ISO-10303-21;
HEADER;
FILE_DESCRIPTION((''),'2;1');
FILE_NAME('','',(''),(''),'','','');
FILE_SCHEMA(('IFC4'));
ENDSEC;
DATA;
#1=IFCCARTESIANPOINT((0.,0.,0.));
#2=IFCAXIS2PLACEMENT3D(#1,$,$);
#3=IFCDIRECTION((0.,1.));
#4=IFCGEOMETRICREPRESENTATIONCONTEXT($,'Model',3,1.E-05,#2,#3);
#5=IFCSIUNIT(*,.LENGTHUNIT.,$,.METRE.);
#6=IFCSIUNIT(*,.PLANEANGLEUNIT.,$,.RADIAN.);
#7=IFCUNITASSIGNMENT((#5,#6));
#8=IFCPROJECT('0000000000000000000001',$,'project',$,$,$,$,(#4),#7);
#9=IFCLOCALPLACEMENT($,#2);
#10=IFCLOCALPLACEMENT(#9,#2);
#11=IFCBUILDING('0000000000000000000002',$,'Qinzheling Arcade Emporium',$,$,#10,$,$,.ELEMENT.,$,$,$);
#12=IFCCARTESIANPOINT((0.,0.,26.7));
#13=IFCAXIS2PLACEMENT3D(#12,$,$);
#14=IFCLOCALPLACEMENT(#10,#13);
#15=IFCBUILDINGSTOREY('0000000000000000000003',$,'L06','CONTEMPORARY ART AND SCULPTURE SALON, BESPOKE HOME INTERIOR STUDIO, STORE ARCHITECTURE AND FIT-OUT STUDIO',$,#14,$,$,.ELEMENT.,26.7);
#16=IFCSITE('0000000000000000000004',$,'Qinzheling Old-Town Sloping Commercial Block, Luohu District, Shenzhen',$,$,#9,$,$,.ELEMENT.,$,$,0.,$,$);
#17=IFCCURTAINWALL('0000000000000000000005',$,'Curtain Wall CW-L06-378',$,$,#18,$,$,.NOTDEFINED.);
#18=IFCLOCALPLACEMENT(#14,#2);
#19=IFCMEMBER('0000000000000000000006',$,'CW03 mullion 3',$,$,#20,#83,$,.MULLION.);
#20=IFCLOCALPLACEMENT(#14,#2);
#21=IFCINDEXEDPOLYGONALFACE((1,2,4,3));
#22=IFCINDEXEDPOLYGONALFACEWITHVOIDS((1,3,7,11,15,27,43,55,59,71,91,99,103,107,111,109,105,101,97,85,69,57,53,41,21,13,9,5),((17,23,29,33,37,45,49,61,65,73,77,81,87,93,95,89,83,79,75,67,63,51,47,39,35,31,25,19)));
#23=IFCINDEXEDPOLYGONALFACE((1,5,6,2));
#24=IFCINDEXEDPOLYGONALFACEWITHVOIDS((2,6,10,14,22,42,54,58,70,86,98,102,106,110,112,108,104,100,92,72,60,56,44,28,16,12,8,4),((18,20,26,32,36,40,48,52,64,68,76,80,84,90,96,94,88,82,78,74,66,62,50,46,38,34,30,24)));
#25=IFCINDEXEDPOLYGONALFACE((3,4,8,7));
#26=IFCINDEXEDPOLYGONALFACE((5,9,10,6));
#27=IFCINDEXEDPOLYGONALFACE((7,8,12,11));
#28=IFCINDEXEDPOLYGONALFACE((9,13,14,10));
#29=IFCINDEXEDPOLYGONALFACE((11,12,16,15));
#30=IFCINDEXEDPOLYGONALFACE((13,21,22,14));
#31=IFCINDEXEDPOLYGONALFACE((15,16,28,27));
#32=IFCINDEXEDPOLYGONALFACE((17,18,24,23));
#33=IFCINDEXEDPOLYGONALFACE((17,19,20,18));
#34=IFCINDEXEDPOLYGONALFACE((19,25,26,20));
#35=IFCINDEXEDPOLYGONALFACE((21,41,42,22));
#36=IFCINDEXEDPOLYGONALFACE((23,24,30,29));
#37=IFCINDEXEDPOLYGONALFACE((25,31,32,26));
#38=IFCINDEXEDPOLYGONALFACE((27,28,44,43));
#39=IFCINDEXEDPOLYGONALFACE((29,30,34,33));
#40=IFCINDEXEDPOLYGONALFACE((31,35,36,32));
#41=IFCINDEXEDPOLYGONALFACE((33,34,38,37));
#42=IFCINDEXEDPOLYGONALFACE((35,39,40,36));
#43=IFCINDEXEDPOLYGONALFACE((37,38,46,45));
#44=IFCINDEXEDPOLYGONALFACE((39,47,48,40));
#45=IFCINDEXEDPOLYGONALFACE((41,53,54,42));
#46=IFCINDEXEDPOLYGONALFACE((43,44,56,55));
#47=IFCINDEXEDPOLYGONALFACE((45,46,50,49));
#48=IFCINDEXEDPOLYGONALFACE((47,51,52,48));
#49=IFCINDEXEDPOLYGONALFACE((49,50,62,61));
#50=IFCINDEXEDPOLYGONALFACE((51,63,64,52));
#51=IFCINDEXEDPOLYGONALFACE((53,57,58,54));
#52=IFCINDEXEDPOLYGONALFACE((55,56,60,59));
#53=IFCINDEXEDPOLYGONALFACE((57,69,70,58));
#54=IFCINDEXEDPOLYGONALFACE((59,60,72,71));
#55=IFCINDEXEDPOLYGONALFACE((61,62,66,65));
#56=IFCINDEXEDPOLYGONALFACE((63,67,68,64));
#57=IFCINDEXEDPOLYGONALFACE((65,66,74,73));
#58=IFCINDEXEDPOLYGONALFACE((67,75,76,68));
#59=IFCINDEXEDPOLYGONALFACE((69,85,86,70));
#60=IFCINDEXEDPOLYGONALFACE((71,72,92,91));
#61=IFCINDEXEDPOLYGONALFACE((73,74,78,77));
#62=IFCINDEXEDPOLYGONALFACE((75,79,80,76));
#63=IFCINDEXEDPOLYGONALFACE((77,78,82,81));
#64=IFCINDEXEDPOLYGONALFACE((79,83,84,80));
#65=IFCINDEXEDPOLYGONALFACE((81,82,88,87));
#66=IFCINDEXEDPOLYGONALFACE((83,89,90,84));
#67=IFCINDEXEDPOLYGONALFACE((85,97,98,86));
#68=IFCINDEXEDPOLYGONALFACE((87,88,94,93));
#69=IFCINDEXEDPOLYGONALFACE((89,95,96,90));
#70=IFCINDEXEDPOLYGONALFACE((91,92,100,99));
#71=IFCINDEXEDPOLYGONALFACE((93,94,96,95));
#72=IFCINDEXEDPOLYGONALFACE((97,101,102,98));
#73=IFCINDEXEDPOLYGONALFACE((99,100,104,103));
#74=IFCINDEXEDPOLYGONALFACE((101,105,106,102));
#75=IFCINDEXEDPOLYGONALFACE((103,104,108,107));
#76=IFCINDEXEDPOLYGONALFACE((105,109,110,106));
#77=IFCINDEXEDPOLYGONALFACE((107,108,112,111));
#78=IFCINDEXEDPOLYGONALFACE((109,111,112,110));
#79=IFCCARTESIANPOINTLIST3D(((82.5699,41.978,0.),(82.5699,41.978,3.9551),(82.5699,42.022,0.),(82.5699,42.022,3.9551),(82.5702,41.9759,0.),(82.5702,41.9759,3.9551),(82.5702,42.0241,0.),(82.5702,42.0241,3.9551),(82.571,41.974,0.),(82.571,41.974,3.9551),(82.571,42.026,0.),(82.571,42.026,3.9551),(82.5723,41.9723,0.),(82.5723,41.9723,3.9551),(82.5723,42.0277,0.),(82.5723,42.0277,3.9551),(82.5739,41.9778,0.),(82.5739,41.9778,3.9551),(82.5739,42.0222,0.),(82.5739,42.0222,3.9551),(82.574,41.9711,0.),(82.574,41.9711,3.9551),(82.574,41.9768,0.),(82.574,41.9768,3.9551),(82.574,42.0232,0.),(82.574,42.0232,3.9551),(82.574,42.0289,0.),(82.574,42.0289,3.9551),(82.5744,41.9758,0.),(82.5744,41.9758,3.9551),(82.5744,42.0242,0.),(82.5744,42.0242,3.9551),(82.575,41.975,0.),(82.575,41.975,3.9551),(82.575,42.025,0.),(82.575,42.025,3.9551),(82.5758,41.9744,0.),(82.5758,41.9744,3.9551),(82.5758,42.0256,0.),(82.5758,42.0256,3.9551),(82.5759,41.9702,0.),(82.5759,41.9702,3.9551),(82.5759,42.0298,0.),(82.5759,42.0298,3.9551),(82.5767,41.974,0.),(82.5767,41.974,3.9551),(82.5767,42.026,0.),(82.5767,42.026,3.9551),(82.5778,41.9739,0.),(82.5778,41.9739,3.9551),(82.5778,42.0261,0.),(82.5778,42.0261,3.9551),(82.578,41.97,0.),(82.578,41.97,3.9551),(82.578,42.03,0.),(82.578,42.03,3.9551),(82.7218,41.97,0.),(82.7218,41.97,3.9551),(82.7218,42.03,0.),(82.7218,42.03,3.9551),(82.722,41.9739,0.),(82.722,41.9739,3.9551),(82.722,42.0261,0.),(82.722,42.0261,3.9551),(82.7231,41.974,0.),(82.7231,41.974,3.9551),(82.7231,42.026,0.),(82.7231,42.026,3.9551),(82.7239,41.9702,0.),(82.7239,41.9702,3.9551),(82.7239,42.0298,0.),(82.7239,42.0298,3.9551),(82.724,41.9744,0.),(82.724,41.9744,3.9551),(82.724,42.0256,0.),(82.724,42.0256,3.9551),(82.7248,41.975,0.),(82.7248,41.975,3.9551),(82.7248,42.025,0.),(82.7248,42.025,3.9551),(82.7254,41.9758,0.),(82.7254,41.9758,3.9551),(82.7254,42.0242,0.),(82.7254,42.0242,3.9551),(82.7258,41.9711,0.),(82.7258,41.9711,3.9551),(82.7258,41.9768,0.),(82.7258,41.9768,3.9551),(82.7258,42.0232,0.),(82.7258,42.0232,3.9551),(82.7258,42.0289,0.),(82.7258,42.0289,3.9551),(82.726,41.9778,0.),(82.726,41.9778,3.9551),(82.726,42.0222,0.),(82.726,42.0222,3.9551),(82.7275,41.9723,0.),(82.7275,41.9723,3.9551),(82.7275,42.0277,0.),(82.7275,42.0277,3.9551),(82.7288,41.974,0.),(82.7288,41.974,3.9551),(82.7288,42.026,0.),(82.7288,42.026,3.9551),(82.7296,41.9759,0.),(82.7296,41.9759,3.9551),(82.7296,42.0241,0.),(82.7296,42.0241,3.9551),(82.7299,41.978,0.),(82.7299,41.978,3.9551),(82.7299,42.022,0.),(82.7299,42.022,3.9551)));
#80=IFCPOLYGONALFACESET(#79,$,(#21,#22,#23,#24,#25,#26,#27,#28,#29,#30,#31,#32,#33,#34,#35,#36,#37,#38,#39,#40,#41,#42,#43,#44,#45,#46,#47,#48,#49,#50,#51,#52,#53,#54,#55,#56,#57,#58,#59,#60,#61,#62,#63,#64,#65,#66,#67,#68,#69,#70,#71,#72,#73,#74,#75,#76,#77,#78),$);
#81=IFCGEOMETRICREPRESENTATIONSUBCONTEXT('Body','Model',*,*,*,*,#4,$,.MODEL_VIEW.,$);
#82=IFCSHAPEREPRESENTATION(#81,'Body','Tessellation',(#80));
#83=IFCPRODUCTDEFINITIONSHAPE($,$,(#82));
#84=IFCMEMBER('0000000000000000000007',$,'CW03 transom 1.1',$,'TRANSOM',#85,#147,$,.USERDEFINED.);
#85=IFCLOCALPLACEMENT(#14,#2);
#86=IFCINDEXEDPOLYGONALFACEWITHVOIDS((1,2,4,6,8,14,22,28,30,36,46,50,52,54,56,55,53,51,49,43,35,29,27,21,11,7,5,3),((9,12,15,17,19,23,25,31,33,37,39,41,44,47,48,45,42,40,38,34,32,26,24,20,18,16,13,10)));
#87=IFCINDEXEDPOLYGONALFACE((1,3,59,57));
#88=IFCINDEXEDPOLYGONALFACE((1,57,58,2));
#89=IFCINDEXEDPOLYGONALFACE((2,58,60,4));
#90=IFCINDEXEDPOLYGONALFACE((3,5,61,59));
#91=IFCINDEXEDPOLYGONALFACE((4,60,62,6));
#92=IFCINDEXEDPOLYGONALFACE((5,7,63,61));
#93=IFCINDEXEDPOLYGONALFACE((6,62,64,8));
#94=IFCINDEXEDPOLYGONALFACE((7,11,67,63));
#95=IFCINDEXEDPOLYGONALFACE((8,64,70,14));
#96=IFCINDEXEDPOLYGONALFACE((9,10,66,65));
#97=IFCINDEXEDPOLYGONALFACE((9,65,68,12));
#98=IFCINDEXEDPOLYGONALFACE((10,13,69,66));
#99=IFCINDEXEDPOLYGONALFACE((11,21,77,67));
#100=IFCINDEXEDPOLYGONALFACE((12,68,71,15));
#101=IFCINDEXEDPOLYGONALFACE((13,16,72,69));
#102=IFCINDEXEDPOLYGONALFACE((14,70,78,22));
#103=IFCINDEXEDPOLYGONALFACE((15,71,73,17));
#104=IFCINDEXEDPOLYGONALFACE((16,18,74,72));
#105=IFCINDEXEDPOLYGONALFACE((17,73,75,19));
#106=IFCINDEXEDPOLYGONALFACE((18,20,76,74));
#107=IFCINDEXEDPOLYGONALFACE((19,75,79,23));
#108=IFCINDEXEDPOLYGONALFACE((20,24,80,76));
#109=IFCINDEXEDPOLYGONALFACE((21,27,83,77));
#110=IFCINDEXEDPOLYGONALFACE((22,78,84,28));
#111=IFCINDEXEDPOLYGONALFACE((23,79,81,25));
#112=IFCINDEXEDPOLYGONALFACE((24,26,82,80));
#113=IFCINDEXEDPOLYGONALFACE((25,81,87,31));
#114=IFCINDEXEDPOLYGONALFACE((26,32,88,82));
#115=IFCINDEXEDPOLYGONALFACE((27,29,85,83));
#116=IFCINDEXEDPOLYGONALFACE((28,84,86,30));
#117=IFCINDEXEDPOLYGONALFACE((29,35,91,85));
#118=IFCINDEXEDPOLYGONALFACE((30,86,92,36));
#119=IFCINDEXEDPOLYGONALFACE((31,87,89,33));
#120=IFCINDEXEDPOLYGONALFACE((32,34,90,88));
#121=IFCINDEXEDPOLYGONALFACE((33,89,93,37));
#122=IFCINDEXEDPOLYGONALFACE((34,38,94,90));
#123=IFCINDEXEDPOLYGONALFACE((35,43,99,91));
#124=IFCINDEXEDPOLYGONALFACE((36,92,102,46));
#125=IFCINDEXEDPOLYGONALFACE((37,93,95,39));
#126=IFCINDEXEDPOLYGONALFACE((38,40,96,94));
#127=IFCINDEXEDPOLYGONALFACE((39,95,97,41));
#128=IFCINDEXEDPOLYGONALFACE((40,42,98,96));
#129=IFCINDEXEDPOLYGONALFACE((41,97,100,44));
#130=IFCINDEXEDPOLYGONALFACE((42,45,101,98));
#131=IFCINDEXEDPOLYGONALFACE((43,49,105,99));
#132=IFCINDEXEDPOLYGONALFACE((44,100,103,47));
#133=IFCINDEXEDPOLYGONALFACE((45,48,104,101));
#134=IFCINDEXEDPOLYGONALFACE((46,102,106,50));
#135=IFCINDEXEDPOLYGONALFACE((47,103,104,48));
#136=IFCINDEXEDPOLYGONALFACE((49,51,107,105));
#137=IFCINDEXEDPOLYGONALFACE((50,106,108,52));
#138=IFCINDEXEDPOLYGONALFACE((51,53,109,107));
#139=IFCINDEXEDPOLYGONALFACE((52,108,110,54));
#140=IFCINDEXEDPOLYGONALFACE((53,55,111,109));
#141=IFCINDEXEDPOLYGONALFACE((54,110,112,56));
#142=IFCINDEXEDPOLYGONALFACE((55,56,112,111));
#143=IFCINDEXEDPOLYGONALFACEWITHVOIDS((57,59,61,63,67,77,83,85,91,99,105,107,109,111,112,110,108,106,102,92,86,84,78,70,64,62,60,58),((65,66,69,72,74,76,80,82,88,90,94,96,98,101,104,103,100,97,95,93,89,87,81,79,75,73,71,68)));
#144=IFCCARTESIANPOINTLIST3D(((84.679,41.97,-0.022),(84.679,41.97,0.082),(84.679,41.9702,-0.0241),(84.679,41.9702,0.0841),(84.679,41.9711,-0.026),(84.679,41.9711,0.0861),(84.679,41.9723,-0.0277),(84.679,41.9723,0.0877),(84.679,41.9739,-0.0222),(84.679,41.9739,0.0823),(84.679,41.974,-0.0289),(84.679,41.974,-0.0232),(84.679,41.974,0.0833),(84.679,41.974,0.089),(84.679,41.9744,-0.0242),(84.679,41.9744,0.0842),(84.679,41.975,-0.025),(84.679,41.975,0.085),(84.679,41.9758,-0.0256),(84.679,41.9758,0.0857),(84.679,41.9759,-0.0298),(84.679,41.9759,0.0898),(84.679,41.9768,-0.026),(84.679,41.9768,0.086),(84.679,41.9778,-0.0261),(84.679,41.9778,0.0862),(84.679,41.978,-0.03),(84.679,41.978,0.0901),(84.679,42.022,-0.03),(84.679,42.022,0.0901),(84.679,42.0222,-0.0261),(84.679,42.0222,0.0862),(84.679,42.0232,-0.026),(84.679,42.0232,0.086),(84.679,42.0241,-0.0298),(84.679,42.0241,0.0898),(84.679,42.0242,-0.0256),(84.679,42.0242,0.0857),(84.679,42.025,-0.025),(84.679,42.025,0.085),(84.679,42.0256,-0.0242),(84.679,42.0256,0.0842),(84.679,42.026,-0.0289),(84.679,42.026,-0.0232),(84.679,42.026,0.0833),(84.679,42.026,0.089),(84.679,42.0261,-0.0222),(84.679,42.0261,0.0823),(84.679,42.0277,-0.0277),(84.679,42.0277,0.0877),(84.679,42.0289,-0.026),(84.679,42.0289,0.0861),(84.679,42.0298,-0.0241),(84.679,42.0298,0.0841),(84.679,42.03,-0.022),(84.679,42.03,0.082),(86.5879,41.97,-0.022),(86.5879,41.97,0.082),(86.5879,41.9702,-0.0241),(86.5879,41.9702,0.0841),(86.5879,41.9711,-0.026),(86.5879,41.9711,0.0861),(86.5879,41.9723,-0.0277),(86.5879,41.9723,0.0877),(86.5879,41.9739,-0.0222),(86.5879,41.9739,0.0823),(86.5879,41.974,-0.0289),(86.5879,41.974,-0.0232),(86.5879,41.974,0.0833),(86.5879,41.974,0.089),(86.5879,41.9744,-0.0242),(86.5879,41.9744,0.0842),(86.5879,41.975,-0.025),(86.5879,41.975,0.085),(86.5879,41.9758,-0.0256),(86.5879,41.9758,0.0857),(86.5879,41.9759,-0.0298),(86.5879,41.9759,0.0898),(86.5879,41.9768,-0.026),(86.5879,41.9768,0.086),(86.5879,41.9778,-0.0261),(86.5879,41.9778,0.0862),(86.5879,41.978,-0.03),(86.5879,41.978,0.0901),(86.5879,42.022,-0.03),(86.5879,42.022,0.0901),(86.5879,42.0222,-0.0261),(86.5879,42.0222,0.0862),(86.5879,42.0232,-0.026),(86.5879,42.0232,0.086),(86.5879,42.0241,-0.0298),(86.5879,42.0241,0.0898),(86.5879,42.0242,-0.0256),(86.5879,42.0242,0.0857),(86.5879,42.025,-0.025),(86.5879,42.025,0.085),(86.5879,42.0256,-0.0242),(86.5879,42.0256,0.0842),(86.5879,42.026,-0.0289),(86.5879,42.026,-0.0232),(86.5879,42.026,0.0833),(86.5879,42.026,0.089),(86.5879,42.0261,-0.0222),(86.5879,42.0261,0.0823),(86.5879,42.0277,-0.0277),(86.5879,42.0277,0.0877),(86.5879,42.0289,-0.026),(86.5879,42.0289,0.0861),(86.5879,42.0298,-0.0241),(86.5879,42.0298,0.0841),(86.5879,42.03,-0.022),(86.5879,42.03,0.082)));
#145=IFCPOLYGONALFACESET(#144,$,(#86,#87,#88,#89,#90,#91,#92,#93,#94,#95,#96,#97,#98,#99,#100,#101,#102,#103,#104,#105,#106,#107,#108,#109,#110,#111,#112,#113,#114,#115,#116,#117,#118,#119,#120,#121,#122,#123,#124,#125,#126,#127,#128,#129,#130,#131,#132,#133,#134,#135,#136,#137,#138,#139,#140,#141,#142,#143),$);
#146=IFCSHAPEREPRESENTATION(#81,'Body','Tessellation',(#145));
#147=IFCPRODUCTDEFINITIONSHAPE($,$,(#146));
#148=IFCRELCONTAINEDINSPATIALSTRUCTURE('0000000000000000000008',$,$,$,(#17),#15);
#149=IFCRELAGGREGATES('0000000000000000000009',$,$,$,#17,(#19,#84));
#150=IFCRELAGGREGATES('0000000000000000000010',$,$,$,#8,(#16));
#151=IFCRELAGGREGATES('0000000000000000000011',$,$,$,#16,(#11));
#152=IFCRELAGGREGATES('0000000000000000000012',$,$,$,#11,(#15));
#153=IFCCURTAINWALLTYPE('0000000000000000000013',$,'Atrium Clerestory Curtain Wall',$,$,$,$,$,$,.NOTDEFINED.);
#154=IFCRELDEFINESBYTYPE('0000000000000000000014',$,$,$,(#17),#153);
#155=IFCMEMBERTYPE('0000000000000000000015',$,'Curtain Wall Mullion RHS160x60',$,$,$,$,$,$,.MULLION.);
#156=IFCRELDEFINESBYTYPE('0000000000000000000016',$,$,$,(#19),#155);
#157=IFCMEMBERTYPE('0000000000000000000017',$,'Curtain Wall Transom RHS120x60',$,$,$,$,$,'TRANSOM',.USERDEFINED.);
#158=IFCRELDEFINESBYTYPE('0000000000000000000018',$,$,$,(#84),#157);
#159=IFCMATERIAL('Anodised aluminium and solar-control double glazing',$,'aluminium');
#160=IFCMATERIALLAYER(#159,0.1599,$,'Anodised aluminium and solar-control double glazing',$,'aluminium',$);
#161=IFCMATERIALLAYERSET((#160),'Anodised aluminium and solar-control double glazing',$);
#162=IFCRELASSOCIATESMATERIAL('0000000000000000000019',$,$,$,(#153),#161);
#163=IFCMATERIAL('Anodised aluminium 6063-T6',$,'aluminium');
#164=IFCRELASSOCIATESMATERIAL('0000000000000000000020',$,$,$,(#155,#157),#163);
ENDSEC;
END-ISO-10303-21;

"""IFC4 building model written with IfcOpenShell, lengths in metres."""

from ifc_helpers import new_model, si_unit, direction, frame, origin, origin_2d, place, context, subcontext, project, spatial, hollow_rectangle, extrude, material, layer, layer_set, material_profile, profile_set, type_object, element, aggregate, save


model = new_model("IFC4")

# Units and contexts
model_context = context("Model", 3, precision=1e-05, world=origin(), true_north=direction((0.0, 1.0)))
body_context = subcontext(model_context, "Body", "Model", "MODEL_VIEW")
ifc_project = project(units=[si_unit("LENGTHUNIT", "METRE"), si_unit("PLANEANGLEUNIT", "RADIAN")], contexts=[model_context])

# Site, building, storey
site_placement = place(None, origin())
site = spatial("IfcSite", under=ifc_project, at=site_placement, Name="Qinzheling Old-Town Sloping Commercial Block, Luohu District, Shenzhen", CompositionType="ELEMENT", RefElevation=0.0)
building_placement = place(site_placement, origin())
building = spatial("IfcBuilding", under=site, at=building_placement, Name="Qinzheling Arcade Emporium", CompositionType="ELEMENT")
storey_placement = place(building_placement, frame((0.0, 0.0, 26.7)))
storey = spatial("IfcBuildingStorey", under=building, at=storey_placement, Name="L06", Description="CONTEMPORARY ART AND SCULPTURE SALON, BESPOKE HOME INTERIOR STUDIO, STORE ARCHITECTURE AND FIT-OUT STUDIO", CompositionType="ELEMENT", Elevation=26.7)

# Curtain wall, members
ifc_material_1 = material(Name="Anodised aluminium and solar-control double glazing", Category="aluminium")
ifc_layer_1 = layer(ifc_material_1, 0.1599, Name="Anodised aluminium and solar-control double glazing", Category="aluminium")
ifc_layer_set_1 = layer_set([ifc_layer_1], Name="Anodised aluminium and solar-control double glazing")
curtain_wall_type = type_object("IfcCurtainWallType", Name="Atrium Clerestory Curtain Wall", PredefinedType="NOTDEFINED", material=ifc_layer_set_1)
curtain_wall_placement = place(storey_placement, origin())
curtain_wall = element("IfcCurtainWall", 1, at=curtain_wall_placement, inside=storey, type_object=curtain_wall_type, Name="Curtain Wall CW-L06-378", PredefinedType="NOTDEFINED")
ifc_material_2 = material(Name="Anodised aluminium 6063-T6", Category="aluminium")
ifc_material_profile_1 = material_profile(ifc_material_2, hollow_rectangle(XDim=0.0601, YDim=0.1599, WallThickness=0.0039, InnerFilletRadius=0.0039, OuterFilletRadius=0.0081, at=origin_2d()), Name="RHS 160x60x4", Category="aluminium")
ifc_profile_set_1 = profile_set([ifc_material_profile_1], Name="Anodised aluminium 6063-T6")
member_type_1 = type_object("IfcMemberType", Name="Curtain Wall Mullion RHS160x60", PredefinedType="MULLION", material=ifc_profile_set_1)
member_1_placement = place(storey_placement, frame((82.6499, 42.0, 0.0), z_axis=(0.0, 0.0, 1.0), x_axis=(0.0, -1.0, 0.0)))
member_1 = element("IfcMember", 2, at=member_1_placement, type_object=member_type_1, Name="CW03 mullion 3", PredefinedType="MULLION", context=body_context, shape_type="SweptSolid", body=[
    extrude(hollow_rectangle(XDim=0.0601, YDim=0.1599, WallThickness=0.0039, InnerFilletRadius=0.0039, OuterFilletRadius=0.0081, at=origin_2d()), origin(), (0.0, 0.0, 1.0), 3.9551),
])
ifc_material_profile_2 = material_profile(ifc_material_2, hollow_rectangle(XDim=0.0601, YDim=0.1201, WallThickness=0.0039, InnerFilletRadius=0.0039, OuterFilletRadius=0.0081, at=origin_2d()), Name="RHS 120x60x4", Category="aluminium")
ifc_profile_set_2 = profile_set([ifc_material_profile_2], Name="Anodised aluminium 6063-T6")
member_type_2 = type_object("IfcMemberType", Name="Curtain Wall Transom RHS120x60", ElementType="TRANSOM", PredefinedType="USERDEFINED", material=ifc_profile_set_2)
member_2_placement = place(storey_placement, frame((86.5879, 42.0, 0.03), z_axis=(-1.0, 0.0, 0.0), x_axis=(0.0, -1.0, 0.0)))
member_2 = element("IfcMember", 3, at=member_2_placement, type_object=member_type_2, Name="CW03 transom 1.1", ObjectType="TRANSOM", PredefinedType="USERDEFINED", context=body_context, shape_type="SweptSolid", body=[
    extrude(hollow_rectangle(XDim=0.0601, YDim=0.1201, WallThickness=0.0039, InnerFilletRadius=0.0039, OuterFilletRadius=0.0081, at=origin_2d()), origin(), (0.0, 0.0, 1.0), 1.9089),
])
aggregate(curtain_wall, [member_1, member_2])

save(model, "model.ifc")
